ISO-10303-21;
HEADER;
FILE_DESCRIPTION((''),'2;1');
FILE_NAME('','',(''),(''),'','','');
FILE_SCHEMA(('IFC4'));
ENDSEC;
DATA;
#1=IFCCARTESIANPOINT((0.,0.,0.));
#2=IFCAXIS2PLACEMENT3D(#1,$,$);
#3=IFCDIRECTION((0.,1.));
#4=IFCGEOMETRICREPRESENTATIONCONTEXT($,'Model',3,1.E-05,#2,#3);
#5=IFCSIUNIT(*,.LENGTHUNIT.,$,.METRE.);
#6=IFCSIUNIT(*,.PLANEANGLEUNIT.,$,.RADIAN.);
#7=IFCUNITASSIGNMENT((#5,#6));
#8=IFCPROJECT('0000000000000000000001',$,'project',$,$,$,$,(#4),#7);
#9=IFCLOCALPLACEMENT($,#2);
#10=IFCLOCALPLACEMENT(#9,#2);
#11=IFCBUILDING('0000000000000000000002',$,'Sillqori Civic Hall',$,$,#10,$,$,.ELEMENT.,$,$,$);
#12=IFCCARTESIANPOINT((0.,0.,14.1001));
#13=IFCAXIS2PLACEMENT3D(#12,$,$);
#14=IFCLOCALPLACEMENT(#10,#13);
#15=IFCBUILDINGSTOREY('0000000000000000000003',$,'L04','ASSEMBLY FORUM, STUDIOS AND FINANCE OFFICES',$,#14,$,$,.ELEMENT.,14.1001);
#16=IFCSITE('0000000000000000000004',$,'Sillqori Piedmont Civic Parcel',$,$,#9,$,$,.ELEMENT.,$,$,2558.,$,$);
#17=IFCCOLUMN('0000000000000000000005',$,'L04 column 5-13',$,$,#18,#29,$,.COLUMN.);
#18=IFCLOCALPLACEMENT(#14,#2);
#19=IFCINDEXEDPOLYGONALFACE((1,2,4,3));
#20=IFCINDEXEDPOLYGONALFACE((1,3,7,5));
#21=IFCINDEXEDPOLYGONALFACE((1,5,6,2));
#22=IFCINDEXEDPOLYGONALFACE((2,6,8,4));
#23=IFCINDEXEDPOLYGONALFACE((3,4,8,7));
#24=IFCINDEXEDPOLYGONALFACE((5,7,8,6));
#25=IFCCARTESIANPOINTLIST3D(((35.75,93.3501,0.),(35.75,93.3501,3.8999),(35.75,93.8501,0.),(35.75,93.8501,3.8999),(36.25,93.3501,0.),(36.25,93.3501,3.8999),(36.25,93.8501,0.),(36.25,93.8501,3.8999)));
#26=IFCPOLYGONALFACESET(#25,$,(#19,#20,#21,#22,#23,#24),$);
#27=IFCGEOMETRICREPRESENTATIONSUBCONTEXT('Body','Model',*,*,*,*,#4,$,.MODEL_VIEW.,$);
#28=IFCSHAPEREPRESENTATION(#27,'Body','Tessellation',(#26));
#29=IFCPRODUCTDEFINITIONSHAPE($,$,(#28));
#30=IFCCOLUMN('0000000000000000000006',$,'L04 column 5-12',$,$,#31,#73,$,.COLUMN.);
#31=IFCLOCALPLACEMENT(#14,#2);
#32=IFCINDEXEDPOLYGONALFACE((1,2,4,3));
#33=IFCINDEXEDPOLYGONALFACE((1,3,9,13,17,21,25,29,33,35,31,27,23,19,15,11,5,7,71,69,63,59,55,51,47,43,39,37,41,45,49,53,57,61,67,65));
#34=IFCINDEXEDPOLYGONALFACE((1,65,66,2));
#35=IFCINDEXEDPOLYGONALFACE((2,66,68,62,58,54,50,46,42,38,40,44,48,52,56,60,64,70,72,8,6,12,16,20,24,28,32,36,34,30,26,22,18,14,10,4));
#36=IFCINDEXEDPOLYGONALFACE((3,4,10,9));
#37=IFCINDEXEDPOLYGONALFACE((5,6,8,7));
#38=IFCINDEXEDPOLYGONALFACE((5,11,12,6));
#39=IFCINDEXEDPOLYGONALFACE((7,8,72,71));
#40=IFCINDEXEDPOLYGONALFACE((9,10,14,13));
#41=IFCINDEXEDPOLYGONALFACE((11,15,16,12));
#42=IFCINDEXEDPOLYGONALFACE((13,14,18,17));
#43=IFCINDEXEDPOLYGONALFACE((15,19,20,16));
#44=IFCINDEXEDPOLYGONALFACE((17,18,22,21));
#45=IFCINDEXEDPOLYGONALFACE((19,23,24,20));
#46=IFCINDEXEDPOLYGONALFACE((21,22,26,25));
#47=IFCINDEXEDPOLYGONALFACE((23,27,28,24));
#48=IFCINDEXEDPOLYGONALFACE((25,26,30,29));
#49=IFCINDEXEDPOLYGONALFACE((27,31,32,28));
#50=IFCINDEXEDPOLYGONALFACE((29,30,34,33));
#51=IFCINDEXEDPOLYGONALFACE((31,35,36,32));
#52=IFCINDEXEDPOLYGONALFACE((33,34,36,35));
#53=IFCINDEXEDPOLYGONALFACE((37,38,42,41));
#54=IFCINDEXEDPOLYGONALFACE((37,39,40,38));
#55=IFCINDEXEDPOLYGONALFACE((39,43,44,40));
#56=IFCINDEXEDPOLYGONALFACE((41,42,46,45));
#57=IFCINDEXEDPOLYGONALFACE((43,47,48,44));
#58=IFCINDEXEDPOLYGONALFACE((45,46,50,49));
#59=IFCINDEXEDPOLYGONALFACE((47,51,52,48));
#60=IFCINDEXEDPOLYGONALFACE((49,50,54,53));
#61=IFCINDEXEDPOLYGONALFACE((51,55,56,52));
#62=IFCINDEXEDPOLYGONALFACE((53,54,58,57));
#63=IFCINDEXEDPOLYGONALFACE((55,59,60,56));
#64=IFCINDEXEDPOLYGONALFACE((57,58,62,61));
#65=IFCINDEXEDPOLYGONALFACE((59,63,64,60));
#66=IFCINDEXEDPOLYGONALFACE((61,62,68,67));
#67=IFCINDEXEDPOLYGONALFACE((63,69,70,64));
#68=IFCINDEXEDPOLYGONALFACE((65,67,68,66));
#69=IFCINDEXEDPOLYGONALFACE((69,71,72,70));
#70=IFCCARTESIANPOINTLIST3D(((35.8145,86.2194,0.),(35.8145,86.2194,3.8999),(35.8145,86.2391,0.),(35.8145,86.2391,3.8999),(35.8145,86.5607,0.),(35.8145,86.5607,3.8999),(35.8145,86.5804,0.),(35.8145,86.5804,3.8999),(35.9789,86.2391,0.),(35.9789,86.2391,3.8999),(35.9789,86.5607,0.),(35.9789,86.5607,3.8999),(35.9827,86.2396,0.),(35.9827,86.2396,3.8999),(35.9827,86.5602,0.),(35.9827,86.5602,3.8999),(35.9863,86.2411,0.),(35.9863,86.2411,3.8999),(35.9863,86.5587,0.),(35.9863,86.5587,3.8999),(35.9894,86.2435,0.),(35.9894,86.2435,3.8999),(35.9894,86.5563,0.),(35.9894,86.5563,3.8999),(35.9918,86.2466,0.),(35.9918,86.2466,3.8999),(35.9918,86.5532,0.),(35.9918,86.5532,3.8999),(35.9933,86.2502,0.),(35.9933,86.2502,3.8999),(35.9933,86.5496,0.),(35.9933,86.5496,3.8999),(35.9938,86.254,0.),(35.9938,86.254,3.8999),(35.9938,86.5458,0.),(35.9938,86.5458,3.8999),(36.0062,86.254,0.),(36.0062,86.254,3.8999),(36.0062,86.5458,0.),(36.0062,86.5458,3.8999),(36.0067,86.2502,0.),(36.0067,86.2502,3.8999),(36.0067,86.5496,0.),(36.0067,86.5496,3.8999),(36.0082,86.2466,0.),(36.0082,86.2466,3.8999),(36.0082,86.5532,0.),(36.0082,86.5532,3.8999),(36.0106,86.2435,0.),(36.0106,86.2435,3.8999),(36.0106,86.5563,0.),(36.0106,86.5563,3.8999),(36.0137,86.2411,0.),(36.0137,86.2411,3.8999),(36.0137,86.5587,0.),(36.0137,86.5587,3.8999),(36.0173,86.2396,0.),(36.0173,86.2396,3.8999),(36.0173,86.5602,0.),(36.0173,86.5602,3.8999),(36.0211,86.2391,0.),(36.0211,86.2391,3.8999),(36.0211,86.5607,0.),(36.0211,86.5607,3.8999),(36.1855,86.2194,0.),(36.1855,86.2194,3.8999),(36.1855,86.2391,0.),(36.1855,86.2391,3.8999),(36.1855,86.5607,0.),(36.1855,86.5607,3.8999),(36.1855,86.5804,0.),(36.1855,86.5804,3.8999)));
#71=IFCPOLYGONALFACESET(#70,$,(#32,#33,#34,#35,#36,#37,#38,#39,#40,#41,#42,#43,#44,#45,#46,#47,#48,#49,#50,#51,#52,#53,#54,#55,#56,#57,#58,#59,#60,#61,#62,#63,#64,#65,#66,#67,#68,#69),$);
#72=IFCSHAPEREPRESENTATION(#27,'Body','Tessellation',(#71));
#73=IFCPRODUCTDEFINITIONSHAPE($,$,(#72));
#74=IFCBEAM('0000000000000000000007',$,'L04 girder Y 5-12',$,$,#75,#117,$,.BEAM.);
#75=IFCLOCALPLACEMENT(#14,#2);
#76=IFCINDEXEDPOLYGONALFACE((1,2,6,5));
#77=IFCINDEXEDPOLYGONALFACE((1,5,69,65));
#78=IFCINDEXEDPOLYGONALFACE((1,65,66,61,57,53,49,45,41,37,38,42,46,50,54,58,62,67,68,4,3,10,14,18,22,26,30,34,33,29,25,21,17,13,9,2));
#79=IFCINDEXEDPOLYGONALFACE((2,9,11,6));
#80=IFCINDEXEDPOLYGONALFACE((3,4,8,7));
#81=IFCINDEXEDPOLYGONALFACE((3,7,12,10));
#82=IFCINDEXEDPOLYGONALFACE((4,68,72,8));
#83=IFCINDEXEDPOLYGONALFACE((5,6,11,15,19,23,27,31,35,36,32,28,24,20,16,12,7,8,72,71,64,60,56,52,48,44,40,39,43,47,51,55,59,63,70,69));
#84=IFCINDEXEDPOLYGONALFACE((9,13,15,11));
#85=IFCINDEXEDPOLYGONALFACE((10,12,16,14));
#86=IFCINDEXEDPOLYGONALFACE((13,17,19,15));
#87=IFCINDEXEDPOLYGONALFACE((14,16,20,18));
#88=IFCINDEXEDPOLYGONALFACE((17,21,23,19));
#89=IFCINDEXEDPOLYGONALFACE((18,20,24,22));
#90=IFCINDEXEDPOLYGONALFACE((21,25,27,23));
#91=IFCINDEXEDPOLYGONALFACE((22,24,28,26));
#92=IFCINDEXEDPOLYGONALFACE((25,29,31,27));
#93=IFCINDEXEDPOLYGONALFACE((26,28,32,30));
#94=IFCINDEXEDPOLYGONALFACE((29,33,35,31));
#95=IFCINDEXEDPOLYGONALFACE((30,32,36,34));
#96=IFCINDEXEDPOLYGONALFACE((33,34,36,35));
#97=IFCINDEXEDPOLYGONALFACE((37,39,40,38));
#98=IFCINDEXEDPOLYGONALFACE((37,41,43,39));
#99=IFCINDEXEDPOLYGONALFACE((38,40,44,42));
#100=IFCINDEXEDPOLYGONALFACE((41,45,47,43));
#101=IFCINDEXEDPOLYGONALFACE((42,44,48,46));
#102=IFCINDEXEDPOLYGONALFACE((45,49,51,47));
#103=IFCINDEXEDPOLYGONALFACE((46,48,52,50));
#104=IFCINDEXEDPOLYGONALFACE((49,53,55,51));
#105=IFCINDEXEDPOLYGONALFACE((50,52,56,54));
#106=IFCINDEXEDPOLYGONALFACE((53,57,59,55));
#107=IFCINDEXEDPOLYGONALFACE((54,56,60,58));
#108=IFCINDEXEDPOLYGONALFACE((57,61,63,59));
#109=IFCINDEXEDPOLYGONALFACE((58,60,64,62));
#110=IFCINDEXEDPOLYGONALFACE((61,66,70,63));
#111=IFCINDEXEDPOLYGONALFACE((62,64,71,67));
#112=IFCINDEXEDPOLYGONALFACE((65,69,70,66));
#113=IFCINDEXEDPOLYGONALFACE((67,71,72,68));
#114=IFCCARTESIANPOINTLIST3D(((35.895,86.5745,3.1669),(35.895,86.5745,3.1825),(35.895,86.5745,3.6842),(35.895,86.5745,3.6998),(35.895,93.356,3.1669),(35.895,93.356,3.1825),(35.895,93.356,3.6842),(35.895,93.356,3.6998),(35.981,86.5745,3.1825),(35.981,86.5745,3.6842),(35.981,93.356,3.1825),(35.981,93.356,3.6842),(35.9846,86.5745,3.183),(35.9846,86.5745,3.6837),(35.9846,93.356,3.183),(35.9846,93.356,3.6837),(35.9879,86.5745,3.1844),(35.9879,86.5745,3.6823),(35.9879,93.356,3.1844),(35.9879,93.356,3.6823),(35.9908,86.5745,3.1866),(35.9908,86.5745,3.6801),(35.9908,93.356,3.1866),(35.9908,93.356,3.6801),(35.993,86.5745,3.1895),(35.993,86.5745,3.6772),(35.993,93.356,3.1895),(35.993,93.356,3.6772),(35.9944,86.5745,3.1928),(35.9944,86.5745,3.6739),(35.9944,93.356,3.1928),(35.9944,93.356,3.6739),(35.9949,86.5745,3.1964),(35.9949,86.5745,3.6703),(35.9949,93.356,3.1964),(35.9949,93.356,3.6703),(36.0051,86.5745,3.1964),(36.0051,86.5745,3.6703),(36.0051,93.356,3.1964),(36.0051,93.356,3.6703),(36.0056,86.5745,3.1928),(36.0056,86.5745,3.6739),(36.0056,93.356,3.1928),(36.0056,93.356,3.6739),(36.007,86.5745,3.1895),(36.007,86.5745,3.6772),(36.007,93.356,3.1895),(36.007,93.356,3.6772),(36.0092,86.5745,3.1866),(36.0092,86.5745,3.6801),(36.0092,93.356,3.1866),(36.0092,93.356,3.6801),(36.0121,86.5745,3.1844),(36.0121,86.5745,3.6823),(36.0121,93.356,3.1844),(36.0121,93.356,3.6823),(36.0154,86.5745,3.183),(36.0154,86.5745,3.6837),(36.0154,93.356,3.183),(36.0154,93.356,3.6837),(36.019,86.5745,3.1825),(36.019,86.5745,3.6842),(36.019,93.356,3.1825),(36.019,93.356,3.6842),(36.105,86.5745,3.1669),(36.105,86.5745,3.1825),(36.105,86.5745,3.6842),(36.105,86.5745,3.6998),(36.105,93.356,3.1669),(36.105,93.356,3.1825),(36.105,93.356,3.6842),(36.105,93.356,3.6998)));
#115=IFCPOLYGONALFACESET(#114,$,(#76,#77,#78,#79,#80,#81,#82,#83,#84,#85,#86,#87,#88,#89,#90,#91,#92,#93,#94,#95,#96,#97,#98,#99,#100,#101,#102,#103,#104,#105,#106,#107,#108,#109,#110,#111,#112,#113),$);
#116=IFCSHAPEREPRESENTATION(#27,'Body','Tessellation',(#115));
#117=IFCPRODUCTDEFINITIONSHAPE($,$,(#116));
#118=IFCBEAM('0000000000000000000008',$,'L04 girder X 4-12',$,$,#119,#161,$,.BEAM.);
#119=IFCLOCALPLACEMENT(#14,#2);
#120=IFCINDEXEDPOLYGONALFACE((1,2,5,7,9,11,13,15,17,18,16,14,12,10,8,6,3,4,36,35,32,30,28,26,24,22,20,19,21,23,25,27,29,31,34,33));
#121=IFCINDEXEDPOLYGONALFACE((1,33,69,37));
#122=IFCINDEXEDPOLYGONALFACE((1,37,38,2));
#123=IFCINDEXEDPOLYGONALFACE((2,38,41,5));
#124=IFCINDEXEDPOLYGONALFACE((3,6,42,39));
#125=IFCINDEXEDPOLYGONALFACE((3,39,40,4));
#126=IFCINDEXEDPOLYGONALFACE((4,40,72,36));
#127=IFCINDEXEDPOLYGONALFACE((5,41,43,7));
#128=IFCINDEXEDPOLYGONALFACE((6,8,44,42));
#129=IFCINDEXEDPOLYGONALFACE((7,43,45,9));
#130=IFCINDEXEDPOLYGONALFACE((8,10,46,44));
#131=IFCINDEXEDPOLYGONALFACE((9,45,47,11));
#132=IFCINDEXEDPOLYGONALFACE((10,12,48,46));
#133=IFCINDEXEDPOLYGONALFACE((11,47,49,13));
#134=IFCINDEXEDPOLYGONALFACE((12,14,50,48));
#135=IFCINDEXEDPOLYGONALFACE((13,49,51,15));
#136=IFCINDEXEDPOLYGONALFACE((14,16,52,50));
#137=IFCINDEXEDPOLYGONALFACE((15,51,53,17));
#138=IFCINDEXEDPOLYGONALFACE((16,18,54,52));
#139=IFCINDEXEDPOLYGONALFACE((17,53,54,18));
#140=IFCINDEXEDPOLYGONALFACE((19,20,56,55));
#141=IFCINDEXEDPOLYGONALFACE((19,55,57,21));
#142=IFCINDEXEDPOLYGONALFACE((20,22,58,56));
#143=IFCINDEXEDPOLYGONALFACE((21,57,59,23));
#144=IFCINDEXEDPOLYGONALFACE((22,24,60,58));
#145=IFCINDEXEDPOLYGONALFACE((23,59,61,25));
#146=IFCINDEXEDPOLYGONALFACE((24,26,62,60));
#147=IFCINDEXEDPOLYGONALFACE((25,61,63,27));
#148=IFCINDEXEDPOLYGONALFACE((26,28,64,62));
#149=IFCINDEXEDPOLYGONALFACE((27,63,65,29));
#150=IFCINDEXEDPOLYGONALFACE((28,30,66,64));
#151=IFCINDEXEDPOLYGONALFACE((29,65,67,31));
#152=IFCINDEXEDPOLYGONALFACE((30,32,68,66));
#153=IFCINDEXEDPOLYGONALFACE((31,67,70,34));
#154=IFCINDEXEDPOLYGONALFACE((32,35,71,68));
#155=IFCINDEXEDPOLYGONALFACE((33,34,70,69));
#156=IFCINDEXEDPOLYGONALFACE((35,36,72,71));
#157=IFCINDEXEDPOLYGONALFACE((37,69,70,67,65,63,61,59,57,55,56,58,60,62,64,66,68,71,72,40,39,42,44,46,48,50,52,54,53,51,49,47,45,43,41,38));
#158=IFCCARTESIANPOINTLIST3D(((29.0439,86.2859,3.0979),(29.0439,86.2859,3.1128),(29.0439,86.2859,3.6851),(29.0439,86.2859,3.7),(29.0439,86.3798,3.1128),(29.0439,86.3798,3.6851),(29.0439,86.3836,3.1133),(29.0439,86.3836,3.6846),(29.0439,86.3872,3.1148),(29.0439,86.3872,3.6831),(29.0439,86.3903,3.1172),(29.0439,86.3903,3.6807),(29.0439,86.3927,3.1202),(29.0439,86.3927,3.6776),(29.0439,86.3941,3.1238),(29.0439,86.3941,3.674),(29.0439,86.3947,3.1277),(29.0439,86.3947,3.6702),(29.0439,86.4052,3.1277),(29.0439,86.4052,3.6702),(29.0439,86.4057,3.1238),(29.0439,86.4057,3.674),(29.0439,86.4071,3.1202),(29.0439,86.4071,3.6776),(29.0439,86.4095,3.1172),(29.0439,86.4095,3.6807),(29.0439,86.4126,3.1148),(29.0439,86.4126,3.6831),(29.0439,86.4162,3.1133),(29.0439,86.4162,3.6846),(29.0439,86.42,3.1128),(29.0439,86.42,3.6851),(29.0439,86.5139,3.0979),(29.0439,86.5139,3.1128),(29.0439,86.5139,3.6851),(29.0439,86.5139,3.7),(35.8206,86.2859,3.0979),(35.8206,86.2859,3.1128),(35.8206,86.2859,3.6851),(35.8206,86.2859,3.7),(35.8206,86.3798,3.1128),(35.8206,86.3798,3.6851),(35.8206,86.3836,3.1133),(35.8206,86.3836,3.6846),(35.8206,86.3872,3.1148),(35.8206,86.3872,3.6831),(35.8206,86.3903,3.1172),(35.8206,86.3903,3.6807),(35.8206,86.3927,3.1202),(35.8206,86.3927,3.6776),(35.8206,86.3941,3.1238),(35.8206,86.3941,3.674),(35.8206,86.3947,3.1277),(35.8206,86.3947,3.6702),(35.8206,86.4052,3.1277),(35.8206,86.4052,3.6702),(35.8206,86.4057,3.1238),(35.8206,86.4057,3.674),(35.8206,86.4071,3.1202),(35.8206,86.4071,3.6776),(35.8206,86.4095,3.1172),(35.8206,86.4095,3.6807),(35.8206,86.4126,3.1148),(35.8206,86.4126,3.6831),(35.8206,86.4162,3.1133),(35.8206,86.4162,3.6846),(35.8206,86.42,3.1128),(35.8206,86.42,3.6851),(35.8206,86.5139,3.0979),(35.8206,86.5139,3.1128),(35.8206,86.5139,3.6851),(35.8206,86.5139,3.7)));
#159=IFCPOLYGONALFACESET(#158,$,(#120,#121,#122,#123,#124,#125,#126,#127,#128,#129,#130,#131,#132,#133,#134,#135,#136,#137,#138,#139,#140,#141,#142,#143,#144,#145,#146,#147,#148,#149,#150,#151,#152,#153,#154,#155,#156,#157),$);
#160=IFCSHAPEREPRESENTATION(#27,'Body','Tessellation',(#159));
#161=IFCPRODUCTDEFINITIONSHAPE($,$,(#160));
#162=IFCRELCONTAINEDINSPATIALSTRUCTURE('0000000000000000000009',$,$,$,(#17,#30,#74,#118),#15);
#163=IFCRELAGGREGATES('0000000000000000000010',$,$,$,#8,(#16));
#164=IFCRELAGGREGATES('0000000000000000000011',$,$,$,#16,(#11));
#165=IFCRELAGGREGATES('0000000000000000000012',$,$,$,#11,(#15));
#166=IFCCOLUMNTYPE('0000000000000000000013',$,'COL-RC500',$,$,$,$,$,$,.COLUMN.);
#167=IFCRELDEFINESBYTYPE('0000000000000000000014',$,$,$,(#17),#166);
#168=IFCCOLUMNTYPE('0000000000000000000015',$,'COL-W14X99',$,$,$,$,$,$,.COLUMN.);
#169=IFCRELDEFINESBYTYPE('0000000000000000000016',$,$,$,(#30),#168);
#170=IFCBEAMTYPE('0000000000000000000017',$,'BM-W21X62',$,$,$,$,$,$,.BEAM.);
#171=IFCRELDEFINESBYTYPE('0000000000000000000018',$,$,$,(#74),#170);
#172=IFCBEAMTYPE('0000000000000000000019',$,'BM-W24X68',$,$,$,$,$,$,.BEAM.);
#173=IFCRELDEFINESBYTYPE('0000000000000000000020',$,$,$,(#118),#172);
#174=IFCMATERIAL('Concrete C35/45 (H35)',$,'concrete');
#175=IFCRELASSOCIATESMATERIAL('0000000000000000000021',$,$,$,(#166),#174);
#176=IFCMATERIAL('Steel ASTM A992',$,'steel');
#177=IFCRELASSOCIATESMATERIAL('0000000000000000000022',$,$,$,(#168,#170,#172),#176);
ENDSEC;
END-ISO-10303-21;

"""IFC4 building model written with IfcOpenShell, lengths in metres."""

from ifc_helpers import new_model, si_unit, direction, frame, origin, origin_2d, place, context, subcontext, project, spatial, rectangle, i_section, extrude, material, material_profile, profile_set, type_object, element, save


model = new_model("IFC4")

# Units and contexts
model_context = context("Model", 3, precision=1e-05, world=origin(), true_north=direction((0.0, 1.0)))
body_context = subcontext(model_context, "Body", "Model", "MODEL_VIEW")
ifc_project = project(units=[si_unit("LENGTHUNIT", "METRE"), si_unit("PLANEANGLEUNIT", "RADIAN")], contexts=[model_context])

# Site, building, storey
site_placement = place(None, origin())
site = spatial("IfcSite", under=ifc_project, at=site_placement, Name="Sillqori Piedmont Civic Parcel", CompositionType="ELEMENT", RefElevation=2558.0)
building_placement = place(site_placement, origin())
building = spatial("IfcBuilding", under=site, at=building_placement, Name="Sillqori Civic Hall", CompositionType="ELEMENT")
storey_placement = place(building_placement, frame((0.0, 0.0, 14.1001)))
storey = spatial("IfcBuildingStorey", under=building, at=storey_placement, Name="L04", Description="ASSEMBLY FORUM, STUDIOS AND FINANCE OFFICES", CompositionType="ELEMENT", Elevation=14.1001)

# Columns
ifc_material_1 = material(Name="Concrete C35/45 (H35)", Category="concrete")
ifc_material_profile_1 = material_profile(ifc_material_1, rectangle(XDim=0.5, YDim=0.5, at=origin_2d()), Name="RC 500x500")
ifc_profile_set_1 = profile_set([ifc_material_profile_1], Name="Concrete C35/45 (H35)")
column_type_1 = type_object("IfcColumnType", Name="COL-RC500", PredefinedType="COLUMN", material=ifc_profile_set_1)
column_1_placement = place(storey_placement, frame((36.0, 93.6001, 0.0), z_axis=(0.0, 0.0, 1.0), x_axis=(1.0, 0.0, 0.0)))
element("IfcColumn", 1, at=column_1_placement, inside=storey, type_object=column_type_1, Name="L04 column 5-13", PredefinedType="COLUMN", context=body_context, shape_type="SweptSolid", body=[
    extrude(rectangle(XDim=0.5, YDim=0.5, at=origin_2d()), origin(), (0.0, 0.0, 1.0), 3.8999),
])
ifc_material_2 = material(Name="Steel ASTM A992", Category="steel")
ifc_material_profile_2 = material_profile(ifc_material_2, i_section(OverallWidth=0.3711, OverallDepth=0.3611, WebThickness=0.0125, FlangeThickness=0.0198, FilletRadius=0.0149, at=origin_2d()), Name="W14X99")
ifc_profile_set_2 = profile_set([ifc_material_profile_2], Name="Steel ASTM A992")
column_type_2 = type_object("IfcColumnType", Name="COL-W14X99", PredefinedType="COLUMN", material=ifc_profile_set_2)
column_2_placement = place(storey_placement, frame((36.0, 86.3999, 0.0), z_axis=(0.0, 0.0, 1.0), x_axis=(1.0, 0.0, 0.0)))
element("IfcColumn", 2, at=column_2_placement, inside=storey, type_object=column_type_2, Name="L04 column 5-12", PredefinedType="COLUMN", context=body_context, shape_type="SweptSolid", body=[
    extrude(i_section(OverallWidth=0.3711, OverallDepth=0.3611, WebThickness=0.0125, FlangeThickness=0.0198, FilletRadius=0.0149, at=origin_2d()), origin(), (0.0, 0.0, 1.0), 3.8999),
])

# Beams
ifc_material_profile_3 = material_profile(ifc_material_2, i_section(OverallWidth=0.21, OverallDepth=0.533, WebThickness=0.0103, FlangeThickness=0.0156, FilletRadius=0.0139, at=origin_2d()), Name="W21X62")
ifc_profile_set_3 = profile_set([ifc_material_profile_3], Name="Steel ASTM A992")
beam_type_1 = type_object("IfcBeamType", Name="BM-W21X62", PredefinedType="BEAM", material=ifc_profile_set_3)
beam_1_placement = place(storey_placement, frame((36.0, 86.5745, 3.4333), z_axis=(0.0, 1.0, 0.0), x_axis=(-1.0, 0.0, 0.0)))
element("IfcBeam", 3, at=beam_1_placement, inside=storey, type_object=beam_type_1, Name="L04 girder Y 5-12", PredefinedType="BEAM", context=body_context, shape_type="SweptSolid", body=[
    extrude(i_section(OverallWidth=0.21, OverallDepth=0.533, WebThickness=0.0103, FlangeThickness=0.0156, FilletRadius=0.0139, at=origin_2d()), origin(), (0.0, 0.0, 1.0), 6.7815),
])
ifc_material_profile_4 = material_profile(ifc_material_2, i_section(OverallWidth=0.228, OverallDepth=0.6021, WebThickness=0.0105, FlangeThickness=0.0149, FilletRadius=0.0149, at=origin_2d()), Name="W24X68")
ifc_profile_set_4 = profile_set([ifc_material_profile_4], Name="Steel ASTM A992")
beam_type_2 = type_object("IfcBeamType", Name="BM-W24X68", PredefinedType="BEAM", material=ifc_profile_set_4)
beam_2_placement = place(storey_placement, frame((29.0439, 86.3999, 3.3989), z_axis=(1.0, 0.0, 0.0), x_axis=(0.0, 1.0, 0.0)))
element("IfcBeam", 4, at=beam_2_placement, inside=storey, type_object=beam_type_2, Name="L04 girder X 4-12", PredefinedType="BEAM", context=body_context, shape_type="SweptSolid", body=[
    extrude(i_section(OverallWidth=0.228, OverallDepth=0.6021, WebThickness=0.0105, FlangeThickness=0.0149, FilletRadius=0.0149, at=origin_2d()), origin(), (0.0, 0.0, 1.0), 6.7766),
])

save(model, "model.ifc")
